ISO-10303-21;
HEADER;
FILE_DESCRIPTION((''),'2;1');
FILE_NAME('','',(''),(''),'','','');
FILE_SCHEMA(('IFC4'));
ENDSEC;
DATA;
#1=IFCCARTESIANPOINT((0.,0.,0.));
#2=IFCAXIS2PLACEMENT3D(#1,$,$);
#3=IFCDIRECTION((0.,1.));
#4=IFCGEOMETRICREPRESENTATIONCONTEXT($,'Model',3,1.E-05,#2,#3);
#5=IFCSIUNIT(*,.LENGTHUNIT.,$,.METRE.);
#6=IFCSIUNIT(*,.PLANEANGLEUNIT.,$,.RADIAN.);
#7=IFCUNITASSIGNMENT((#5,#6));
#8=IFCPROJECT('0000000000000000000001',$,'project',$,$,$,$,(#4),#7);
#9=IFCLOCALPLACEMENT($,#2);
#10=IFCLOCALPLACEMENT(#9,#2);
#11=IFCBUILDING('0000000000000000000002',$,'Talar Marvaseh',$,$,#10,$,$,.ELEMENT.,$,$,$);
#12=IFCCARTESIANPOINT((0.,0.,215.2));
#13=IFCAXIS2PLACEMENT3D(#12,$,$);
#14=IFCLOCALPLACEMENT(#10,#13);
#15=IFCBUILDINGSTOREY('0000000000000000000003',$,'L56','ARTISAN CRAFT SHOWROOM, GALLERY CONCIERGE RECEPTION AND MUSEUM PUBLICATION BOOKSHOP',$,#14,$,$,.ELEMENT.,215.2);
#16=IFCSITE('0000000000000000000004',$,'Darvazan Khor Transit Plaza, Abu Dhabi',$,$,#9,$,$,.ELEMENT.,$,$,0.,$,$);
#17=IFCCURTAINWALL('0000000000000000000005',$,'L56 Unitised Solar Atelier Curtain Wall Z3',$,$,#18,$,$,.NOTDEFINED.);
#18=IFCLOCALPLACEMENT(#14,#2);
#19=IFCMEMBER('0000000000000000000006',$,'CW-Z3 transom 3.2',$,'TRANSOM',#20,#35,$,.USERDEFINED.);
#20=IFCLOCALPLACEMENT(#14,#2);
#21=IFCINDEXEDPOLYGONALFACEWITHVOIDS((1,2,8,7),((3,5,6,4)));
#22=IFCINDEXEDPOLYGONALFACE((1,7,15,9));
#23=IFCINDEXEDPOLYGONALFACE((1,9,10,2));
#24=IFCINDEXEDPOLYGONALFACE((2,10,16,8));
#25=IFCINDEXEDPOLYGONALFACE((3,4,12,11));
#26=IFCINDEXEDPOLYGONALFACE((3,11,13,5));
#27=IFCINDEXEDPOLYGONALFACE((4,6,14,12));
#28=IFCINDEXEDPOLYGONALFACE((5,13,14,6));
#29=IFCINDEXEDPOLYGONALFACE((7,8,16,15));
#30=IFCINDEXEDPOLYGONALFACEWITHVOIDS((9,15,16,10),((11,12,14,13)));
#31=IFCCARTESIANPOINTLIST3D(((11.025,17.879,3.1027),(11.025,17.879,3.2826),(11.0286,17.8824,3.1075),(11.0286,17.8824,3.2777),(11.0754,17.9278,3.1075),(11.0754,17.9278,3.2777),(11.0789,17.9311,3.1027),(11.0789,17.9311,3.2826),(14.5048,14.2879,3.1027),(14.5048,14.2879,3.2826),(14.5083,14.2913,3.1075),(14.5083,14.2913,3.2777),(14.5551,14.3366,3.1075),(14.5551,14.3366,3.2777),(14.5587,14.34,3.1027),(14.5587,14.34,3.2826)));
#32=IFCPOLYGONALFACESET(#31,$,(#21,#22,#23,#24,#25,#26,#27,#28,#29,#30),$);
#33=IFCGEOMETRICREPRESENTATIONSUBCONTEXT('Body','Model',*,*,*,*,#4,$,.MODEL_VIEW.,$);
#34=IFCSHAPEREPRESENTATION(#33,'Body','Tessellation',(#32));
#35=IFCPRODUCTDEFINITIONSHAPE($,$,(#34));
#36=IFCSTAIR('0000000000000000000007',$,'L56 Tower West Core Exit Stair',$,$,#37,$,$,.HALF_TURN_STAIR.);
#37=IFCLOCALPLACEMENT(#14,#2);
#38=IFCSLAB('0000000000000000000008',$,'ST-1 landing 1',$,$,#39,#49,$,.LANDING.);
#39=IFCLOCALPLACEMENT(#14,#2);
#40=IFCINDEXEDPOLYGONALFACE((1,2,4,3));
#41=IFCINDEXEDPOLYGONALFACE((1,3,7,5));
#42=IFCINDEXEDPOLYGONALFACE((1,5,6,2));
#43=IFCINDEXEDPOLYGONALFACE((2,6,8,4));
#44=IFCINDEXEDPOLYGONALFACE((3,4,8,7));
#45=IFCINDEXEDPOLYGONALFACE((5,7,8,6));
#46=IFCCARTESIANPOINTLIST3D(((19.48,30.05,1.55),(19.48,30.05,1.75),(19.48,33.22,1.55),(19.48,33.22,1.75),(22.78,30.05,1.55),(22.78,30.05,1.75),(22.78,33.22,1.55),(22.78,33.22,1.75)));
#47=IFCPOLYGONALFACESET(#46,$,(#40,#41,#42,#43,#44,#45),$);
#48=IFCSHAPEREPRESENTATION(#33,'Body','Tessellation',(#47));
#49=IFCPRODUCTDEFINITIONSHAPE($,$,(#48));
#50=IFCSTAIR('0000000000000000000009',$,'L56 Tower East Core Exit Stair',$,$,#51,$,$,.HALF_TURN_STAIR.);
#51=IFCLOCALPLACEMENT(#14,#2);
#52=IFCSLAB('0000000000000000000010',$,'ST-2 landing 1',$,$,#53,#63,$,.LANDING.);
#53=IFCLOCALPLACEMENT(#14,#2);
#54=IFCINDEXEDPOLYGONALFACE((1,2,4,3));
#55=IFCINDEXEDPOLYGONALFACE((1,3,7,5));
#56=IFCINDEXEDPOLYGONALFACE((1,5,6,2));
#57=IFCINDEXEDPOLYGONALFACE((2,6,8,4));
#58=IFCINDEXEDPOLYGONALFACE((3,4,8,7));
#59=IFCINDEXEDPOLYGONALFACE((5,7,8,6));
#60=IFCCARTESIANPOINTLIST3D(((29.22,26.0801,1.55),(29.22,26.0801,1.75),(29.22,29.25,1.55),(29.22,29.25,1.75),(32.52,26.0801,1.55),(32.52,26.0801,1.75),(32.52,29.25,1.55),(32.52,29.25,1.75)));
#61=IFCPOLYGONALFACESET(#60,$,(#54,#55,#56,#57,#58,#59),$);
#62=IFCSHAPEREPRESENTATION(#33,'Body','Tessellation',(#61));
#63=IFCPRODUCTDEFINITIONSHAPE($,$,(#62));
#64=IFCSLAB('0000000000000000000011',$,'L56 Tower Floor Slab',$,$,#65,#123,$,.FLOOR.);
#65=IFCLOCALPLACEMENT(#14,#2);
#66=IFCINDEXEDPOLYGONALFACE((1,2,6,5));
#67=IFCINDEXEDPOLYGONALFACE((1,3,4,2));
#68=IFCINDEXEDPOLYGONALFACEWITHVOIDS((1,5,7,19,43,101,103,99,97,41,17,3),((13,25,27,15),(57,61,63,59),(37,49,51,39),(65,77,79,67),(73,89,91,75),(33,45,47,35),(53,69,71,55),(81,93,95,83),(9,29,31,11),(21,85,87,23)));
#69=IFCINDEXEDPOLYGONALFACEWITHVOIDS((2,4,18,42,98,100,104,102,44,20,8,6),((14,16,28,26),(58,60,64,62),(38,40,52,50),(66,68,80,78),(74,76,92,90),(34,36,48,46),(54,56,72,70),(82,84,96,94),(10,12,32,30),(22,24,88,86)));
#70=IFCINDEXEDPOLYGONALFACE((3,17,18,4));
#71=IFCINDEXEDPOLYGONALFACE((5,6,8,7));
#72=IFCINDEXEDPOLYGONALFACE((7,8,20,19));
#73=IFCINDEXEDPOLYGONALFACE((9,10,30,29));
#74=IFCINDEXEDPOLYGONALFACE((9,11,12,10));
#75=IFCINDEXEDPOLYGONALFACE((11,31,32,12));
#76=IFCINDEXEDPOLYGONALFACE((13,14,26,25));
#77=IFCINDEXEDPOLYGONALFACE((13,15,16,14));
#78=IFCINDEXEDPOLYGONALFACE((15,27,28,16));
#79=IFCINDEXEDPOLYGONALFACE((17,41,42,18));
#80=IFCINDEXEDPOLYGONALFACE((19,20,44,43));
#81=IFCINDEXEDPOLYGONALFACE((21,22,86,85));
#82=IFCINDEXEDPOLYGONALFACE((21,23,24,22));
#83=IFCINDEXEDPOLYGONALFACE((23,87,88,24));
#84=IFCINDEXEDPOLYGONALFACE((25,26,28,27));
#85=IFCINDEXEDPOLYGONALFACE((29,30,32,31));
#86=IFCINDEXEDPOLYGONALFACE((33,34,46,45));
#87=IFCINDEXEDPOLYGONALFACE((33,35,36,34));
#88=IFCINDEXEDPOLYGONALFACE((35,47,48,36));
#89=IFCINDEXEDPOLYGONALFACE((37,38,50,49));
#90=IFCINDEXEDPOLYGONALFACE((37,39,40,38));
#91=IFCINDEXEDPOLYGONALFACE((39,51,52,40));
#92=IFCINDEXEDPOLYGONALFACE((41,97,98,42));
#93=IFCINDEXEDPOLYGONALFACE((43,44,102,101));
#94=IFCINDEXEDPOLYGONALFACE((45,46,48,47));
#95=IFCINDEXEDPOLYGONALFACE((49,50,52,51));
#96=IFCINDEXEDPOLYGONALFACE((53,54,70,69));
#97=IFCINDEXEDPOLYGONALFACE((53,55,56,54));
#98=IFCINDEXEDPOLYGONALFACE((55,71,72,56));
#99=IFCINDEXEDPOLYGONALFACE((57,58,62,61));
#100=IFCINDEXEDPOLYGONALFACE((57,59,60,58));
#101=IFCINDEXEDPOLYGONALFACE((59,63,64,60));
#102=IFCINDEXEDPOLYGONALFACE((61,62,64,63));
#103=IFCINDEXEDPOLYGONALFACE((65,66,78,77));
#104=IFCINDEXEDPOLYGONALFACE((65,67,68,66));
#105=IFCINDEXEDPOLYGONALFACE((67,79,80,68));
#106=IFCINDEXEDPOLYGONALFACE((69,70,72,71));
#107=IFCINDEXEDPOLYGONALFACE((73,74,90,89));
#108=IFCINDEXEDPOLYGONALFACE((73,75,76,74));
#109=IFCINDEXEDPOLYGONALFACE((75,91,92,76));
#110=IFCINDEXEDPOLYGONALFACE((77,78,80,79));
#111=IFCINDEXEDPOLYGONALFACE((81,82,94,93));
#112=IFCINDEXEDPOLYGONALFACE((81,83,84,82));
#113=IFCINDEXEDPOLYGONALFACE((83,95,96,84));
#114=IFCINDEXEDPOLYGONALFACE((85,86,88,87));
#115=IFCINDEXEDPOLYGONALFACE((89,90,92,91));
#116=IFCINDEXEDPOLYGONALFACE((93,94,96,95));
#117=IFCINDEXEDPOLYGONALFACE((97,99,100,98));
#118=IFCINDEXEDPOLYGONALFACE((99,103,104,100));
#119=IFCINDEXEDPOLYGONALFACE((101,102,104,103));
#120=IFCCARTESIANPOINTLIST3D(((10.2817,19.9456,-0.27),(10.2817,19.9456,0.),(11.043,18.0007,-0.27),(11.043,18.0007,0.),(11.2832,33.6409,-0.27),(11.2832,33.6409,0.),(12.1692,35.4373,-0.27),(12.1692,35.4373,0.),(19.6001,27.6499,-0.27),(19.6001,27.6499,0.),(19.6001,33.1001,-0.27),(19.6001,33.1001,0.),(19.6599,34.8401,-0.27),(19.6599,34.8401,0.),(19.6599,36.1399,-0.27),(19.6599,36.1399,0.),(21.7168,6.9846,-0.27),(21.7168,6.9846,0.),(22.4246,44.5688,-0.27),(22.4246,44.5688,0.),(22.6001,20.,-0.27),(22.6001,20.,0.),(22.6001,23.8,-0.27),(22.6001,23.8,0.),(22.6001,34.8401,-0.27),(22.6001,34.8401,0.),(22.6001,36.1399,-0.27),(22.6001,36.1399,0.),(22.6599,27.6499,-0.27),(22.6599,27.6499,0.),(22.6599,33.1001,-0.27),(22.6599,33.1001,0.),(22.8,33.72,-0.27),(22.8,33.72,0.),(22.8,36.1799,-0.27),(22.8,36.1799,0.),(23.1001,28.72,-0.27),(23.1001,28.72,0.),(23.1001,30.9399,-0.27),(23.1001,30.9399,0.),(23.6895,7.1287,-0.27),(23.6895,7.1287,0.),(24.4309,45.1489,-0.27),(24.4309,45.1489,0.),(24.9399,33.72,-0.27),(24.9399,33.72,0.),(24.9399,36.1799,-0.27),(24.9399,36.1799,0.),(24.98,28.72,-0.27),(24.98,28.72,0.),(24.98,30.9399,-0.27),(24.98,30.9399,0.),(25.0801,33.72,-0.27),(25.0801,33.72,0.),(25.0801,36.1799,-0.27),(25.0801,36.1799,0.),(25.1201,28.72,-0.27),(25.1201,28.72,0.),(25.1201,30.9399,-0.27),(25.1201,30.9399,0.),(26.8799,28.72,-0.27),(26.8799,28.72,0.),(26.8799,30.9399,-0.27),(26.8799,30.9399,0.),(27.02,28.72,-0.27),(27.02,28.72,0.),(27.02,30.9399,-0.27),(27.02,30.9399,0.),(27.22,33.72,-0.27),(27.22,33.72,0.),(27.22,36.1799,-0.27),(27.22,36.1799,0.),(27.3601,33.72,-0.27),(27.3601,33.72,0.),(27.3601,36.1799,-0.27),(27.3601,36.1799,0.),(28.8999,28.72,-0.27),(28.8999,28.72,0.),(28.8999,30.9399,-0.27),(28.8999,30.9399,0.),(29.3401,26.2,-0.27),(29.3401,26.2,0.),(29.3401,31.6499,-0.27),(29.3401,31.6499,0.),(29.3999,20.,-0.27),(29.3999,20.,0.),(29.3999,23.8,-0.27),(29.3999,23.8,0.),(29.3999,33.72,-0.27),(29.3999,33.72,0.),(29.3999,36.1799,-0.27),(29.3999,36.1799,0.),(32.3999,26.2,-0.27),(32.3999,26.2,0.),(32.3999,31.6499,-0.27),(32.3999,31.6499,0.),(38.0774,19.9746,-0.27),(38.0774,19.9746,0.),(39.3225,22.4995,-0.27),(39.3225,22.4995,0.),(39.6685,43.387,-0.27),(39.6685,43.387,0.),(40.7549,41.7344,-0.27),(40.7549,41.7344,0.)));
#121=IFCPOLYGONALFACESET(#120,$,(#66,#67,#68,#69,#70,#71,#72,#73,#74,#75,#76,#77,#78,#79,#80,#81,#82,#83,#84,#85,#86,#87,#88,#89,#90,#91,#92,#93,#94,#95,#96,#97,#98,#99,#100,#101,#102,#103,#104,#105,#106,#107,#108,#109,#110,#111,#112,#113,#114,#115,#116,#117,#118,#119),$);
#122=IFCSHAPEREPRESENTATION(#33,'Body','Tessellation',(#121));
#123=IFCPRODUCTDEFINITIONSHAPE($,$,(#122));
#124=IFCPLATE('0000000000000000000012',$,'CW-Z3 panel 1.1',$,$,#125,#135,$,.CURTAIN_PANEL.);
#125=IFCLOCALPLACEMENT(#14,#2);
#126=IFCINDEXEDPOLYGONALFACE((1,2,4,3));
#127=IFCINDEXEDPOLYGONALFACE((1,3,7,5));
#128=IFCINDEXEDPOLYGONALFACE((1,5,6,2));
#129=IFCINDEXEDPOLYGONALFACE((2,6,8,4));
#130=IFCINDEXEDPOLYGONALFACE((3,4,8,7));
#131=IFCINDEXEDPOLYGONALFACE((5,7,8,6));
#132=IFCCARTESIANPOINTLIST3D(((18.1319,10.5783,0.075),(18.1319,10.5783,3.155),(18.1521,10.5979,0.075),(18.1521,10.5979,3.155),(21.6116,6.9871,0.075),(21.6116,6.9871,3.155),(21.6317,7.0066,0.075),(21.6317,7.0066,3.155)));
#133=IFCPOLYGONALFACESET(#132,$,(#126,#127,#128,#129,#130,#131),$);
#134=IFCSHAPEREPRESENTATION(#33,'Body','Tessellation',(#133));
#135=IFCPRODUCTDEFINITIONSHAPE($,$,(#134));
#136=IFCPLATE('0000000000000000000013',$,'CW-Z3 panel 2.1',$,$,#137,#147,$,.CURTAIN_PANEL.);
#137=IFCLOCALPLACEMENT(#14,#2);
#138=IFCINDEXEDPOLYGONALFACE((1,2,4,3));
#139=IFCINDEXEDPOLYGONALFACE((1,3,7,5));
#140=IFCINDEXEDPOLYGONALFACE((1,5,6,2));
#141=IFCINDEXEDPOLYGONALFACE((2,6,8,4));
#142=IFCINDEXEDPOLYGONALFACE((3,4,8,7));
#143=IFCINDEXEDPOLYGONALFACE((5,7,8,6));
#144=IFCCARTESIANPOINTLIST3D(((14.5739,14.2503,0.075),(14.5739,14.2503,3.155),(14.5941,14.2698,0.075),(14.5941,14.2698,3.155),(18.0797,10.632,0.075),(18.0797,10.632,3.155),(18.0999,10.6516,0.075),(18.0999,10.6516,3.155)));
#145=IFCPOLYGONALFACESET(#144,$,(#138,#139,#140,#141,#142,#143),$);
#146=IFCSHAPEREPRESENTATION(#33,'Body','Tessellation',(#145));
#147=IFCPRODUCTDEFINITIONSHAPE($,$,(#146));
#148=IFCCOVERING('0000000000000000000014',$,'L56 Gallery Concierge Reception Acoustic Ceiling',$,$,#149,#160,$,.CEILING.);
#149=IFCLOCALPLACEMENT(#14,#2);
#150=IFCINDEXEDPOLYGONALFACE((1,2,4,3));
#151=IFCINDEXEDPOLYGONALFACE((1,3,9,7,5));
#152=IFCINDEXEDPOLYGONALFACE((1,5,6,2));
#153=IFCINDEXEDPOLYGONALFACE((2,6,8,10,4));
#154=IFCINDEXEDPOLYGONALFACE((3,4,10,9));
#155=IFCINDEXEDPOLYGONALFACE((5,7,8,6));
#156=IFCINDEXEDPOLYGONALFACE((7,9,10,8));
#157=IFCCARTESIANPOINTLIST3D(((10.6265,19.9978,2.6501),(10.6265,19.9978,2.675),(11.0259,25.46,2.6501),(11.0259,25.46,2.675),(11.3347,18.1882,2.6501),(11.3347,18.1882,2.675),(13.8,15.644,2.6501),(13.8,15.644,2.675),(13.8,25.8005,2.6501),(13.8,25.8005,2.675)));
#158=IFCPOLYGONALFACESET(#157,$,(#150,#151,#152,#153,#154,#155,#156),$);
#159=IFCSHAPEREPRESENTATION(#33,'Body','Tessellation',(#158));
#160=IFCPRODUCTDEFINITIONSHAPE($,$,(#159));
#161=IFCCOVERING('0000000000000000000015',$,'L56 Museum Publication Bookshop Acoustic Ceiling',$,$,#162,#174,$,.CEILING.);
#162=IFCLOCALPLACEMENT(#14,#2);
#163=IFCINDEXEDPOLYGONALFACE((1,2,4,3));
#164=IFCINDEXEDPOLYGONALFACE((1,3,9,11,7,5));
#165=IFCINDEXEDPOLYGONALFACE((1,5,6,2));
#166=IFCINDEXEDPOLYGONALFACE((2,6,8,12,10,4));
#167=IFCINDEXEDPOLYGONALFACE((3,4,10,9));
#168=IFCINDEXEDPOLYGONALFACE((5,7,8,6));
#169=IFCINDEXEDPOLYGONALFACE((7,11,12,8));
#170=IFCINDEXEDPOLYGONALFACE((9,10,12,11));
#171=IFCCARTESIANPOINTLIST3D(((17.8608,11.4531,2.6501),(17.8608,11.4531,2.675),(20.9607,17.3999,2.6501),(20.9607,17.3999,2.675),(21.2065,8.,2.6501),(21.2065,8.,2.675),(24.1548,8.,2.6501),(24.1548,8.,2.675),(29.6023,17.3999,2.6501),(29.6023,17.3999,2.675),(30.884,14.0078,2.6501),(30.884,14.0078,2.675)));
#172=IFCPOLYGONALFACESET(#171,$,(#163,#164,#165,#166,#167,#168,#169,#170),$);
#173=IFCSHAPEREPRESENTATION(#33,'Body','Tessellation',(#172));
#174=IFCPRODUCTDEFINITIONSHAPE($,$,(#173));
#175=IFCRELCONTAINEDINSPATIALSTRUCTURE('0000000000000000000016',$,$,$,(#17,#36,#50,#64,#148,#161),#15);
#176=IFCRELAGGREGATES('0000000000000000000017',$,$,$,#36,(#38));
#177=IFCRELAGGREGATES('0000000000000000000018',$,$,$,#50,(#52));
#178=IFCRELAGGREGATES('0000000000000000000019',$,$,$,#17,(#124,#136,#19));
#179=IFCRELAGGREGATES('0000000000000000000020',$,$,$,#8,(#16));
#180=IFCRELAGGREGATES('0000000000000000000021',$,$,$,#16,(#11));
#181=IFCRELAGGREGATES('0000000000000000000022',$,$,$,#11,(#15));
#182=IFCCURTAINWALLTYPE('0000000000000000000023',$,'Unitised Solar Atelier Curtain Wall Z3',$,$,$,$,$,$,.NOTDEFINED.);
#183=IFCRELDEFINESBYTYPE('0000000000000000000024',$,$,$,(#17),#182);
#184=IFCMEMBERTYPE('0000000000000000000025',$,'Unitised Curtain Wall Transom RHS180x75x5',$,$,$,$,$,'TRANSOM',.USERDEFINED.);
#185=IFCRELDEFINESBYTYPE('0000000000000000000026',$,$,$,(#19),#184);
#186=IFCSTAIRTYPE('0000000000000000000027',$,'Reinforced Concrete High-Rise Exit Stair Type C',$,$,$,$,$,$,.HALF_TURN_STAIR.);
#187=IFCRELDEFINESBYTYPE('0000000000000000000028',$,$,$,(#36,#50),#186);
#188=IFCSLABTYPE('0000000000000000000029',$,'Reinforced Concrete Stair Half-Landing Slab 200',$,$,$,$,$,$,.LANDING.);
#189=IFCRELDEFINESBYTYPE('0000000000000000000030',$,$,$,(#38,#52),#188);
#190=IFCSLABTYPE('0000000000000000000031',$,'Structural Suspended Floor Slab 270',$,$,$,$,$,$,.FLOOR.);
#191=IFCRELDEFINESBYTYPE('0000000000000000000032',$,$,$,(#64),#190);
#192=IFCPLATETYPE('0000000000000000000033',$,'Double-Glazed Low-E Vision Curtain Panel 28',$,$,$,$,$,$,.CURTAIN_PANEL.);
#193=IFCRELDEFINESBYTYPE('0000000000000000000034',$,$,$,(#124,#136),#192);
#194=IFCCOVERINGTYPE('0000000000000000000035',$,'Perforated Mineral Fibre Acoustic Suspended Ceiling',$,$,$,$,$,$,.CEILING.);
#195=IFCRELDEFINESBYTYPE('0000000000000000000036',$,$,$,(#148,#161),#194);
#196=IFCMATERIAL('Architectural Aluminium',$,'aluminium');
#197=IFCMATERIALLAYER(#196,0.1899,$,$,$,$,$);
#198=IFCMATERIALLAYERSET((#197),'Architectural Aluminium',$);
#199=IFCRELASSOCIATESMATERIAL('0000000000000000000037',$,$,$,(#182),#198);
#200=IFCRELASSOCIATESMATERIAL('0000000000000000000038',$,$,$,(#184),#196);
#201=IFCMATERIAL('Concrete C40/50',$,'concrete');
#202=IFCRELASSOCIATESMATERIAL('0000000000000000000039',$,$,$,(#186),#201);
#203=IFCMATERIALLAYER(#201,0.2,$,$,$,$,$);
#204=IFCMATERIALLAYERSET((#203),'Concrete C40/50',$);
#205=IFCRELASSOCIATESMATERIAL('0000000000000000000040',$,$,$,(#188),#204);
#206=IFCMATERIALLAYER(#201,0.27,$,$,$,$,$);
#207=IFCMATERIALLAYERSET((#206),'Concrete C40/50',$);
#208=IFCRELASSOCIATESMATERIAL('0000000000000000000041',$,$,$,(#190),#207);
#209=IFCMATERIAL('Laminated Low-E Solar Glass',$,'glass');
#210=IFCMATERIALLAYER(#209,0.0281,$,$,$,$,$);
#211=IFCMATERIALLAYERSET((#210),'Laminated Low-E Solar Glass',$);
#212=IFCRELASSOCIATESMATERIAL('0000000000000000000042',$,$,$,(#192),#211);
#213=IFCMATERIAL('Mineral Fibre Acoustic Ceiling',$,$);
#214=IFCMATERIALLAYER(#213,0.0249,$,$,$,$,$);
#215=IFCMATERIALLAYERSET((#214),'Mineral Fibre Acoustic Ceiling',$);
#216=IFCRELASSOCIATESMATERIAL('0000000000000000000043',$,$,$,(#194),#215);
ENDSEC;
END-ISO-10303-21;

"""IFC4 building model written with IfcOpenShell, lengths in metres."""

from ifc_helpers import new_model, si_unit, direction, frame, origin, origin_2d, place, context, subcontext, project, spatial, polyline, rectangle, hollow_rectangle, outline, extrude, source, transform, mapped, material, layer, layer_set, material_profile, profile_set, type_object, type_shapes, element, aggregate, save


model = new_model("IFC4")

# Units and contexts
model_context = context("Model", 3, precision=1e-05, world=origin(), true_north=direction((0.0, 1.0)))
body_context = subcontext(model_context, "Body", "Model", "MODEL_VIEW")
ifc_project = project(units=[si_unit("LENGTHUNIT", "METRE"), si_unit("PLANEANGLEUNIT", "RADIAN")], contexts=[model_context])

# Site, building, storey
site_placement = place(None, origin())
site = spatial("IfcSite", under=ifc_project, at=site_placement, Name="Darvazan Khor Transit Plaza, Abu Dhabi", CompositionType="ELEMENT", RefElevation=0.0)
building_placement = place(site_placement, origin())
building = spatial("IfcBuilding", under=site, at=building_placement, Name="Talar Marvaseh", CompositionType="ELEMENT")
storey_placement = place(building_placement, frame((0.0, 0.0, 215.2)))
storey = spatial("IfcBuildingStorey", under=building, at=storey_placement, Name="L56", Description="ARTISAN CRAFT SHOWROOM, GALLERY CONCIERGE RECEPTION AND MUSEUM PUBLICATION BOOKSHOP", CompositionType="ELEMENT", Elevation=215.2)

# Curtain wall, member
ifc_material_1 = material(Name="Architectural Aluminium", Category="aluminium")
ifc_layer_1 = layer(ifc_material_1, 0.1899)
ifc_layer_set_1 = layer_set([ifc_layer_1], Name="Architectural Aluminium")
curtain_wall_type = type_object("IfcCurtainWallType", Name="Unitised Solar Atelier Curtain Wall Z3", PredefinedType="NOTDEFINED", material=ifc_layer_set_1)
curtain_wall_placement = place(storey_placement, origin())
curtain_wall = element("IfcCurtainWall", 1, at=curtain_wall_placement, inside=storey, type_object=curtain_wall_type, Name="L56 Unitised Solar Atelier Curtain Wall Z3", PredefinedType="NOTDEFINED")
ifc_material_profile_1 = material_profile(ifc_material_1, hollow_rectangle(XDim=0.075, YDim=0.1799, WallThickness=0.0049, at=origin_2d()), Name="RHS180x75x5")
ifc_profile_set_1 = profile_set([ifc_material_profile_1], Name="Architectural Aluminium")
member_type_1 = type_object("IfcMemberType", Name="Unitised Curtain Wall Transom RHS180x75x5", ElementType="TRANSOM", PredefinedType="USERDEFINED", material=ifc_profile_set_1)
shared_shape_1 = source(origin(), body_context, "Body", "SweptSolid", [
    extrude(hollow_rectangle(XDim=0.075, YDim=0.1799, WallThickness=0.0049, at=origin_2d()), origin(), (0.0, 0.0, 1.0), 5.0005),
])
member_1_placement = place(storey_placement, frame((14.5317, 14.314, 3.1926), z_axis=(-0.695887, 0.718151, 0.0), x_axis=(-0.718151, -0.695887, 0.0)))
member_1 = element("IfcMember", 2, at=member_1_placement, type_object=member_type_1, Name="CW-Z3 transom 3.2", ObjectType="TRANSOM", PredefinedType="USERDEFINED", context=body_context, shape_type="MappedRepresentation", body=[
    mapped(shared_shape_1, transform((0.0, 0.0, 0.0), x_axis=(1.0, 0.0, 0.0), y_axis=(0.0, 1.0, 0.0), z_axis=(0.0, 0.0, 1.0), scale=1.0)),
])

# Stairs, slabs
ifc_material_2 = material(Name="Concrete C40/50", Category="concrete")
stair_type = type_object("IfcStairType", Name="Reinforced Concrete High-Rise Exit Stair Type C", PredefinedType="HALF_TURN_STAIR", material=ifc_material_2)
stair_1_placement = place(storey_placement, origin())
stair_1 = element("IfcStair", 3, at=stair_1_placement, inside=storey, type_object=stair_type, Name="L56 Tower West Core Exit Stair", PredefinedType="HALF_TURN_STAIR")
ifc_layer_2 = layer(ifc_material_2, 0.2)
ifc_layer_set_2 = layer_set([ifc_layer_2], Name="Concrete C40/50")
slab_type_1 = type_object("IfcSlabType", Name="Reinforced Concrete Stair Half-Landing Slab 200", PredefinedType="LANDING", material=ifc_layer_set_2)
slab_1_placement = place(storey_placement, frame((0.0, 0.0, 1.55)))
slab_1 = element("IfcSlab", 4, at=slab_1_placement, type_object=slab_type_1, Name="ST-1 landing 1", PredefinedType="LANDING", context=body_context, shape_type="SweptSolid", body=[
    extrude(outline(polyline([(22.78, 30.05), (22.78, 33.22), (19.48, 33.22), (19.48, 30.05), (22.78, 30.05)])), origin(), (0.0, 0.0, 1.0), 0.2),
])
aggregate(stair_1, [slab_1])
stair_2_placement = place(storey_placement, origin())
stair_2 = element("IfcStair", 5, at=stair_2_placement, inside=storey, type_object=stair_type, Name="L56 Tower East Core Exit Stair", PredefinedType="HALF_TURN_STAIR")
slab_2_placement = place(storey_placement, frame((0.0, 0.0, 1.55)))
slab_2 = element("IfcSlab", 6, at=slab_2_placement, type_object=slab_type_1, Name="ST-2 landing 1", PredefinedType="LANDING", context=body_context, shape_type="SweptSolid", body=[
    extrude(outline(polyline([(29.22, 29.25), (29.22, 26.0801), (32.52, 26.0801), (32.52, 29.25), (29.22, 29.25)])), origin(), (0.0, 0.0, 1.0), 0.2),
])
aggregate(stair_2, [slab_2])

# Slab
ifc_layer_3 = layer(ifc_material_2, 0.27)
ifc_layer_set_3 = layer_set([ifc_layer_3], Name="Concrete C40/50")
slab_type_2 = type_object("IfcSlabType", Name="Structural Suspended Floor Slab 270", PredefinedType="FLOOR", material=ifc_layer_set_3)
slab_3_placement = place(storey_placement, frame((0.0, 0.0, -0.27)))
element("IfcSlab", 7, at=slab_3_placement, inside=storey, type_object=slab_type_2, Name="L56 Tower Floor Slab", PredefinedType="FLOOR", context=body_context, shape_type="SweptSolid", body=[
    extrude(outline(polyline([(23.6895, 7.1287), (21.7168, 6.9846), (11.043, 18.0007), (10.2817, 19.9456), (11.2832, 33.6409), (12.1692, 35.4373), (22.4246, 44.5688), (24.4309, 45.1489), (39.6685, 43.387), (40.7549, 41.7344), (39.3225, 22.4995), (38.0774, 19.9746), (23.6895, 7.1287)]), holes=[polyline([(22.6599, 27.6499), (22.6599, 33.1001), (19.6001, 33.1001), (19.6001, 27.6499), (22.6599, 27.6499)]), polyline([(29.3401, 31.6499), (29.3401, 26.2), (32.3999, 26.2), (32.3999, 31.6499), (29.3401, 31.6499)]), polyline([(22.8, 33.72), (24.9399, 33.72), (24.9399, 36.1799), (22.8, 36.1799), (22.8, 33.72)]), polyline([(25.0801, 33.72), (27.22, 33.72), (27.22, 36.1799), (25.0801, 36.1799), (25.0801, 33.72)]), polyline([(27.3601, 33.72), (29.3999, 33.72), (29.3999, 36.1799), (27.3601, 36.1799), (27.3601, 33.72)]), polyline([(23.1001, 28.72), (24.98, 28.72), (24.98, 30.9399), (23.1001, 30.9399), (23.1001, 28.72)]), polyline([(25.1201, 28.72), (26.8799, 28.72), (26.8799, 30.9399), (25.1201, 30.9399), (25.1201, 28.72)]), polyline([(27.02, 28.72), (28.8999, 28.72), (28.8999, 30.9399), (27.02, 30.9399), (27.02, 28.72)]), polyline([(19.6599, 34.8401), (22.6001, 34.8401), (22.6001, 36.1399), (19.6599, 36.1399), (19.6599, 34.8401)]), polyline([(22.6001, 20.0), (29.3999, 20.0), (29.3999, 23.8), (22.6001, 23.8), (22.6001, 20.0)])]), origin(), (0.0, 0.0, 1.0), 0.27),
])

# Plates
ifc_material_3 = material(Name="Laminated Low-E Solar Glass", Category="glass")
ifc_layer_4 = layer(ifc_material_3, 0.0281)
ifc_layer_set_4 = layer_set([ifc_layer_4], Name="Laminated Low-E Solar Glass")
plate_type = type_object("IfcPlateType", Name="Double-Glazed Low-E Vision Curtain Panel 28", PredefinedType="CURTAIN_PANEL", material=ifc_layer_set_4)
shared_shape_2 = source(origin(), body_context, "Body", "SweptSolid", [
    extrude(rectangle(XDim=5.0005, YDim=0.0281, at=origin_2d()), origin(), (0.0, 0.0, 1.0), 3.0801),
])
plate_1_placement = place(storey_placement, frame((19.8818, 8.7925, 0.075), z_axis=(0.0, 0.0, 1.0), x_axis=(-0.695864, 0.718173, 0.0)))
plate_1 = element("IfcPlate", 8, at=plate_1_placement, type_object=plate_type, Name="CW-Z3 panel 1.1", PredefinedType="CURTAIN_PANEL", context=body_context, shape_type="MappedRepresentation", body=[
    mapped(shared_shape_2, transform((0.0, 0.0, 0.0), x_axis=(1.0, 0.0, 0.0), y_axis=(0.0, 1.0, 0.0), z_axis=(0.0, 0.0, 1.0), scale=1.0)),
])
shared_shape_3 = source(origin(), body_context, "Body", "SweptSolid", [
    extrude(rectangle(XDim=5.0381, YDim=0.0281, at=origin_2d()), origin(), (0.0, 0.0, 1.0), 3.0801),
])
type_shapes(plate_type, [shared_shape_2, shared_shape_3])
plate_2_placement = place(storey_placement, frame((16.3369, 12.4509, 0.075), z_axis=(0.0, 0.0, 1.0), x_axis=(-0.695864, 0.718173, 0.0)))
plate_2 = element("IfcPlate", 9, at=plate_2_placement, type_object=plate_type, Name="CW-Z3 panel 2.1", PredefinedType="CURTAIN_PANEL", context=body_context, shape_type="MappedRepresentation", body=[
    mapped(shared_shape_3, transform((0.0, 0.0, 0.0), x_axis=(1.0, 0.0, 0.0), y_axis=(0.0, 1.0, 0.0), z_axis=(0.0, 0.0, 1.0), scale=1.0)),
])
aggregate(curtain_wall, [plate_1, plate_2, member_1])

# Coverings
ifc_material_4 = material(Name="Mineral Fibre Acoustic Ceiling")
ifc_layer_5 = layer(ifc_material_4, 0.0249)
ifc_layer_set_5 = layer_set([ifc_layer_5], Name="Mineral Fibre Acoustic Ceiling")
covering_type_1 = type_object("IfcCoveringType", Name="Perforated Mineral Fibre Acoustic Suspended Ceiling", PredefinedType="CEILING", material=ifc_layer_set_5)
covering_1_placement = place(storey_placement, frame((0.0, 0.0, 2.6501)))
element("IfcCovering", 10, at=covering_1_placement, inside=storey, type_object=covering_type_1, Name="L56 Gallery Concierge Reception Acoustic Ceiling", PredefinedType="CEILING", context=body_context, shape_type="SweptSolid", body=[
    extrude(outline(polyline([(13.8, 25.8005), (13.8, 15.644), (11.3347, 18.1882), (10.6265, 19.9978), (11.0259, 25.46), (13.8, 25.8005)])), origin(), (0.0, 0.0, 1.0), 0.0249),
])
covering_2_placement = place(storey_placement, frame((0.0, 0.0, 2.6501)))
element("IfcCovering", 11, at=covering_2_placement, inside=storey, type_object=covering_type_1, Name="L56 Museum Publication Bookshop Acoustic Ceiling", PredefinedType="CEILING", context=body_context, shape_type="SweptSolid", body=[
    extrude(outline(polyline([(20.9607, 17.3999), (29.6023, 17.3999), (30.884, 14.0078), (24.1548, 8.0), (21.2065, 8.0), (17.8608, 11.4531), (20.9607, 17.3999)])), origin(), (0.0, 0.0, 1.0), 0.0249),
])

save(model, "model.ifc")
